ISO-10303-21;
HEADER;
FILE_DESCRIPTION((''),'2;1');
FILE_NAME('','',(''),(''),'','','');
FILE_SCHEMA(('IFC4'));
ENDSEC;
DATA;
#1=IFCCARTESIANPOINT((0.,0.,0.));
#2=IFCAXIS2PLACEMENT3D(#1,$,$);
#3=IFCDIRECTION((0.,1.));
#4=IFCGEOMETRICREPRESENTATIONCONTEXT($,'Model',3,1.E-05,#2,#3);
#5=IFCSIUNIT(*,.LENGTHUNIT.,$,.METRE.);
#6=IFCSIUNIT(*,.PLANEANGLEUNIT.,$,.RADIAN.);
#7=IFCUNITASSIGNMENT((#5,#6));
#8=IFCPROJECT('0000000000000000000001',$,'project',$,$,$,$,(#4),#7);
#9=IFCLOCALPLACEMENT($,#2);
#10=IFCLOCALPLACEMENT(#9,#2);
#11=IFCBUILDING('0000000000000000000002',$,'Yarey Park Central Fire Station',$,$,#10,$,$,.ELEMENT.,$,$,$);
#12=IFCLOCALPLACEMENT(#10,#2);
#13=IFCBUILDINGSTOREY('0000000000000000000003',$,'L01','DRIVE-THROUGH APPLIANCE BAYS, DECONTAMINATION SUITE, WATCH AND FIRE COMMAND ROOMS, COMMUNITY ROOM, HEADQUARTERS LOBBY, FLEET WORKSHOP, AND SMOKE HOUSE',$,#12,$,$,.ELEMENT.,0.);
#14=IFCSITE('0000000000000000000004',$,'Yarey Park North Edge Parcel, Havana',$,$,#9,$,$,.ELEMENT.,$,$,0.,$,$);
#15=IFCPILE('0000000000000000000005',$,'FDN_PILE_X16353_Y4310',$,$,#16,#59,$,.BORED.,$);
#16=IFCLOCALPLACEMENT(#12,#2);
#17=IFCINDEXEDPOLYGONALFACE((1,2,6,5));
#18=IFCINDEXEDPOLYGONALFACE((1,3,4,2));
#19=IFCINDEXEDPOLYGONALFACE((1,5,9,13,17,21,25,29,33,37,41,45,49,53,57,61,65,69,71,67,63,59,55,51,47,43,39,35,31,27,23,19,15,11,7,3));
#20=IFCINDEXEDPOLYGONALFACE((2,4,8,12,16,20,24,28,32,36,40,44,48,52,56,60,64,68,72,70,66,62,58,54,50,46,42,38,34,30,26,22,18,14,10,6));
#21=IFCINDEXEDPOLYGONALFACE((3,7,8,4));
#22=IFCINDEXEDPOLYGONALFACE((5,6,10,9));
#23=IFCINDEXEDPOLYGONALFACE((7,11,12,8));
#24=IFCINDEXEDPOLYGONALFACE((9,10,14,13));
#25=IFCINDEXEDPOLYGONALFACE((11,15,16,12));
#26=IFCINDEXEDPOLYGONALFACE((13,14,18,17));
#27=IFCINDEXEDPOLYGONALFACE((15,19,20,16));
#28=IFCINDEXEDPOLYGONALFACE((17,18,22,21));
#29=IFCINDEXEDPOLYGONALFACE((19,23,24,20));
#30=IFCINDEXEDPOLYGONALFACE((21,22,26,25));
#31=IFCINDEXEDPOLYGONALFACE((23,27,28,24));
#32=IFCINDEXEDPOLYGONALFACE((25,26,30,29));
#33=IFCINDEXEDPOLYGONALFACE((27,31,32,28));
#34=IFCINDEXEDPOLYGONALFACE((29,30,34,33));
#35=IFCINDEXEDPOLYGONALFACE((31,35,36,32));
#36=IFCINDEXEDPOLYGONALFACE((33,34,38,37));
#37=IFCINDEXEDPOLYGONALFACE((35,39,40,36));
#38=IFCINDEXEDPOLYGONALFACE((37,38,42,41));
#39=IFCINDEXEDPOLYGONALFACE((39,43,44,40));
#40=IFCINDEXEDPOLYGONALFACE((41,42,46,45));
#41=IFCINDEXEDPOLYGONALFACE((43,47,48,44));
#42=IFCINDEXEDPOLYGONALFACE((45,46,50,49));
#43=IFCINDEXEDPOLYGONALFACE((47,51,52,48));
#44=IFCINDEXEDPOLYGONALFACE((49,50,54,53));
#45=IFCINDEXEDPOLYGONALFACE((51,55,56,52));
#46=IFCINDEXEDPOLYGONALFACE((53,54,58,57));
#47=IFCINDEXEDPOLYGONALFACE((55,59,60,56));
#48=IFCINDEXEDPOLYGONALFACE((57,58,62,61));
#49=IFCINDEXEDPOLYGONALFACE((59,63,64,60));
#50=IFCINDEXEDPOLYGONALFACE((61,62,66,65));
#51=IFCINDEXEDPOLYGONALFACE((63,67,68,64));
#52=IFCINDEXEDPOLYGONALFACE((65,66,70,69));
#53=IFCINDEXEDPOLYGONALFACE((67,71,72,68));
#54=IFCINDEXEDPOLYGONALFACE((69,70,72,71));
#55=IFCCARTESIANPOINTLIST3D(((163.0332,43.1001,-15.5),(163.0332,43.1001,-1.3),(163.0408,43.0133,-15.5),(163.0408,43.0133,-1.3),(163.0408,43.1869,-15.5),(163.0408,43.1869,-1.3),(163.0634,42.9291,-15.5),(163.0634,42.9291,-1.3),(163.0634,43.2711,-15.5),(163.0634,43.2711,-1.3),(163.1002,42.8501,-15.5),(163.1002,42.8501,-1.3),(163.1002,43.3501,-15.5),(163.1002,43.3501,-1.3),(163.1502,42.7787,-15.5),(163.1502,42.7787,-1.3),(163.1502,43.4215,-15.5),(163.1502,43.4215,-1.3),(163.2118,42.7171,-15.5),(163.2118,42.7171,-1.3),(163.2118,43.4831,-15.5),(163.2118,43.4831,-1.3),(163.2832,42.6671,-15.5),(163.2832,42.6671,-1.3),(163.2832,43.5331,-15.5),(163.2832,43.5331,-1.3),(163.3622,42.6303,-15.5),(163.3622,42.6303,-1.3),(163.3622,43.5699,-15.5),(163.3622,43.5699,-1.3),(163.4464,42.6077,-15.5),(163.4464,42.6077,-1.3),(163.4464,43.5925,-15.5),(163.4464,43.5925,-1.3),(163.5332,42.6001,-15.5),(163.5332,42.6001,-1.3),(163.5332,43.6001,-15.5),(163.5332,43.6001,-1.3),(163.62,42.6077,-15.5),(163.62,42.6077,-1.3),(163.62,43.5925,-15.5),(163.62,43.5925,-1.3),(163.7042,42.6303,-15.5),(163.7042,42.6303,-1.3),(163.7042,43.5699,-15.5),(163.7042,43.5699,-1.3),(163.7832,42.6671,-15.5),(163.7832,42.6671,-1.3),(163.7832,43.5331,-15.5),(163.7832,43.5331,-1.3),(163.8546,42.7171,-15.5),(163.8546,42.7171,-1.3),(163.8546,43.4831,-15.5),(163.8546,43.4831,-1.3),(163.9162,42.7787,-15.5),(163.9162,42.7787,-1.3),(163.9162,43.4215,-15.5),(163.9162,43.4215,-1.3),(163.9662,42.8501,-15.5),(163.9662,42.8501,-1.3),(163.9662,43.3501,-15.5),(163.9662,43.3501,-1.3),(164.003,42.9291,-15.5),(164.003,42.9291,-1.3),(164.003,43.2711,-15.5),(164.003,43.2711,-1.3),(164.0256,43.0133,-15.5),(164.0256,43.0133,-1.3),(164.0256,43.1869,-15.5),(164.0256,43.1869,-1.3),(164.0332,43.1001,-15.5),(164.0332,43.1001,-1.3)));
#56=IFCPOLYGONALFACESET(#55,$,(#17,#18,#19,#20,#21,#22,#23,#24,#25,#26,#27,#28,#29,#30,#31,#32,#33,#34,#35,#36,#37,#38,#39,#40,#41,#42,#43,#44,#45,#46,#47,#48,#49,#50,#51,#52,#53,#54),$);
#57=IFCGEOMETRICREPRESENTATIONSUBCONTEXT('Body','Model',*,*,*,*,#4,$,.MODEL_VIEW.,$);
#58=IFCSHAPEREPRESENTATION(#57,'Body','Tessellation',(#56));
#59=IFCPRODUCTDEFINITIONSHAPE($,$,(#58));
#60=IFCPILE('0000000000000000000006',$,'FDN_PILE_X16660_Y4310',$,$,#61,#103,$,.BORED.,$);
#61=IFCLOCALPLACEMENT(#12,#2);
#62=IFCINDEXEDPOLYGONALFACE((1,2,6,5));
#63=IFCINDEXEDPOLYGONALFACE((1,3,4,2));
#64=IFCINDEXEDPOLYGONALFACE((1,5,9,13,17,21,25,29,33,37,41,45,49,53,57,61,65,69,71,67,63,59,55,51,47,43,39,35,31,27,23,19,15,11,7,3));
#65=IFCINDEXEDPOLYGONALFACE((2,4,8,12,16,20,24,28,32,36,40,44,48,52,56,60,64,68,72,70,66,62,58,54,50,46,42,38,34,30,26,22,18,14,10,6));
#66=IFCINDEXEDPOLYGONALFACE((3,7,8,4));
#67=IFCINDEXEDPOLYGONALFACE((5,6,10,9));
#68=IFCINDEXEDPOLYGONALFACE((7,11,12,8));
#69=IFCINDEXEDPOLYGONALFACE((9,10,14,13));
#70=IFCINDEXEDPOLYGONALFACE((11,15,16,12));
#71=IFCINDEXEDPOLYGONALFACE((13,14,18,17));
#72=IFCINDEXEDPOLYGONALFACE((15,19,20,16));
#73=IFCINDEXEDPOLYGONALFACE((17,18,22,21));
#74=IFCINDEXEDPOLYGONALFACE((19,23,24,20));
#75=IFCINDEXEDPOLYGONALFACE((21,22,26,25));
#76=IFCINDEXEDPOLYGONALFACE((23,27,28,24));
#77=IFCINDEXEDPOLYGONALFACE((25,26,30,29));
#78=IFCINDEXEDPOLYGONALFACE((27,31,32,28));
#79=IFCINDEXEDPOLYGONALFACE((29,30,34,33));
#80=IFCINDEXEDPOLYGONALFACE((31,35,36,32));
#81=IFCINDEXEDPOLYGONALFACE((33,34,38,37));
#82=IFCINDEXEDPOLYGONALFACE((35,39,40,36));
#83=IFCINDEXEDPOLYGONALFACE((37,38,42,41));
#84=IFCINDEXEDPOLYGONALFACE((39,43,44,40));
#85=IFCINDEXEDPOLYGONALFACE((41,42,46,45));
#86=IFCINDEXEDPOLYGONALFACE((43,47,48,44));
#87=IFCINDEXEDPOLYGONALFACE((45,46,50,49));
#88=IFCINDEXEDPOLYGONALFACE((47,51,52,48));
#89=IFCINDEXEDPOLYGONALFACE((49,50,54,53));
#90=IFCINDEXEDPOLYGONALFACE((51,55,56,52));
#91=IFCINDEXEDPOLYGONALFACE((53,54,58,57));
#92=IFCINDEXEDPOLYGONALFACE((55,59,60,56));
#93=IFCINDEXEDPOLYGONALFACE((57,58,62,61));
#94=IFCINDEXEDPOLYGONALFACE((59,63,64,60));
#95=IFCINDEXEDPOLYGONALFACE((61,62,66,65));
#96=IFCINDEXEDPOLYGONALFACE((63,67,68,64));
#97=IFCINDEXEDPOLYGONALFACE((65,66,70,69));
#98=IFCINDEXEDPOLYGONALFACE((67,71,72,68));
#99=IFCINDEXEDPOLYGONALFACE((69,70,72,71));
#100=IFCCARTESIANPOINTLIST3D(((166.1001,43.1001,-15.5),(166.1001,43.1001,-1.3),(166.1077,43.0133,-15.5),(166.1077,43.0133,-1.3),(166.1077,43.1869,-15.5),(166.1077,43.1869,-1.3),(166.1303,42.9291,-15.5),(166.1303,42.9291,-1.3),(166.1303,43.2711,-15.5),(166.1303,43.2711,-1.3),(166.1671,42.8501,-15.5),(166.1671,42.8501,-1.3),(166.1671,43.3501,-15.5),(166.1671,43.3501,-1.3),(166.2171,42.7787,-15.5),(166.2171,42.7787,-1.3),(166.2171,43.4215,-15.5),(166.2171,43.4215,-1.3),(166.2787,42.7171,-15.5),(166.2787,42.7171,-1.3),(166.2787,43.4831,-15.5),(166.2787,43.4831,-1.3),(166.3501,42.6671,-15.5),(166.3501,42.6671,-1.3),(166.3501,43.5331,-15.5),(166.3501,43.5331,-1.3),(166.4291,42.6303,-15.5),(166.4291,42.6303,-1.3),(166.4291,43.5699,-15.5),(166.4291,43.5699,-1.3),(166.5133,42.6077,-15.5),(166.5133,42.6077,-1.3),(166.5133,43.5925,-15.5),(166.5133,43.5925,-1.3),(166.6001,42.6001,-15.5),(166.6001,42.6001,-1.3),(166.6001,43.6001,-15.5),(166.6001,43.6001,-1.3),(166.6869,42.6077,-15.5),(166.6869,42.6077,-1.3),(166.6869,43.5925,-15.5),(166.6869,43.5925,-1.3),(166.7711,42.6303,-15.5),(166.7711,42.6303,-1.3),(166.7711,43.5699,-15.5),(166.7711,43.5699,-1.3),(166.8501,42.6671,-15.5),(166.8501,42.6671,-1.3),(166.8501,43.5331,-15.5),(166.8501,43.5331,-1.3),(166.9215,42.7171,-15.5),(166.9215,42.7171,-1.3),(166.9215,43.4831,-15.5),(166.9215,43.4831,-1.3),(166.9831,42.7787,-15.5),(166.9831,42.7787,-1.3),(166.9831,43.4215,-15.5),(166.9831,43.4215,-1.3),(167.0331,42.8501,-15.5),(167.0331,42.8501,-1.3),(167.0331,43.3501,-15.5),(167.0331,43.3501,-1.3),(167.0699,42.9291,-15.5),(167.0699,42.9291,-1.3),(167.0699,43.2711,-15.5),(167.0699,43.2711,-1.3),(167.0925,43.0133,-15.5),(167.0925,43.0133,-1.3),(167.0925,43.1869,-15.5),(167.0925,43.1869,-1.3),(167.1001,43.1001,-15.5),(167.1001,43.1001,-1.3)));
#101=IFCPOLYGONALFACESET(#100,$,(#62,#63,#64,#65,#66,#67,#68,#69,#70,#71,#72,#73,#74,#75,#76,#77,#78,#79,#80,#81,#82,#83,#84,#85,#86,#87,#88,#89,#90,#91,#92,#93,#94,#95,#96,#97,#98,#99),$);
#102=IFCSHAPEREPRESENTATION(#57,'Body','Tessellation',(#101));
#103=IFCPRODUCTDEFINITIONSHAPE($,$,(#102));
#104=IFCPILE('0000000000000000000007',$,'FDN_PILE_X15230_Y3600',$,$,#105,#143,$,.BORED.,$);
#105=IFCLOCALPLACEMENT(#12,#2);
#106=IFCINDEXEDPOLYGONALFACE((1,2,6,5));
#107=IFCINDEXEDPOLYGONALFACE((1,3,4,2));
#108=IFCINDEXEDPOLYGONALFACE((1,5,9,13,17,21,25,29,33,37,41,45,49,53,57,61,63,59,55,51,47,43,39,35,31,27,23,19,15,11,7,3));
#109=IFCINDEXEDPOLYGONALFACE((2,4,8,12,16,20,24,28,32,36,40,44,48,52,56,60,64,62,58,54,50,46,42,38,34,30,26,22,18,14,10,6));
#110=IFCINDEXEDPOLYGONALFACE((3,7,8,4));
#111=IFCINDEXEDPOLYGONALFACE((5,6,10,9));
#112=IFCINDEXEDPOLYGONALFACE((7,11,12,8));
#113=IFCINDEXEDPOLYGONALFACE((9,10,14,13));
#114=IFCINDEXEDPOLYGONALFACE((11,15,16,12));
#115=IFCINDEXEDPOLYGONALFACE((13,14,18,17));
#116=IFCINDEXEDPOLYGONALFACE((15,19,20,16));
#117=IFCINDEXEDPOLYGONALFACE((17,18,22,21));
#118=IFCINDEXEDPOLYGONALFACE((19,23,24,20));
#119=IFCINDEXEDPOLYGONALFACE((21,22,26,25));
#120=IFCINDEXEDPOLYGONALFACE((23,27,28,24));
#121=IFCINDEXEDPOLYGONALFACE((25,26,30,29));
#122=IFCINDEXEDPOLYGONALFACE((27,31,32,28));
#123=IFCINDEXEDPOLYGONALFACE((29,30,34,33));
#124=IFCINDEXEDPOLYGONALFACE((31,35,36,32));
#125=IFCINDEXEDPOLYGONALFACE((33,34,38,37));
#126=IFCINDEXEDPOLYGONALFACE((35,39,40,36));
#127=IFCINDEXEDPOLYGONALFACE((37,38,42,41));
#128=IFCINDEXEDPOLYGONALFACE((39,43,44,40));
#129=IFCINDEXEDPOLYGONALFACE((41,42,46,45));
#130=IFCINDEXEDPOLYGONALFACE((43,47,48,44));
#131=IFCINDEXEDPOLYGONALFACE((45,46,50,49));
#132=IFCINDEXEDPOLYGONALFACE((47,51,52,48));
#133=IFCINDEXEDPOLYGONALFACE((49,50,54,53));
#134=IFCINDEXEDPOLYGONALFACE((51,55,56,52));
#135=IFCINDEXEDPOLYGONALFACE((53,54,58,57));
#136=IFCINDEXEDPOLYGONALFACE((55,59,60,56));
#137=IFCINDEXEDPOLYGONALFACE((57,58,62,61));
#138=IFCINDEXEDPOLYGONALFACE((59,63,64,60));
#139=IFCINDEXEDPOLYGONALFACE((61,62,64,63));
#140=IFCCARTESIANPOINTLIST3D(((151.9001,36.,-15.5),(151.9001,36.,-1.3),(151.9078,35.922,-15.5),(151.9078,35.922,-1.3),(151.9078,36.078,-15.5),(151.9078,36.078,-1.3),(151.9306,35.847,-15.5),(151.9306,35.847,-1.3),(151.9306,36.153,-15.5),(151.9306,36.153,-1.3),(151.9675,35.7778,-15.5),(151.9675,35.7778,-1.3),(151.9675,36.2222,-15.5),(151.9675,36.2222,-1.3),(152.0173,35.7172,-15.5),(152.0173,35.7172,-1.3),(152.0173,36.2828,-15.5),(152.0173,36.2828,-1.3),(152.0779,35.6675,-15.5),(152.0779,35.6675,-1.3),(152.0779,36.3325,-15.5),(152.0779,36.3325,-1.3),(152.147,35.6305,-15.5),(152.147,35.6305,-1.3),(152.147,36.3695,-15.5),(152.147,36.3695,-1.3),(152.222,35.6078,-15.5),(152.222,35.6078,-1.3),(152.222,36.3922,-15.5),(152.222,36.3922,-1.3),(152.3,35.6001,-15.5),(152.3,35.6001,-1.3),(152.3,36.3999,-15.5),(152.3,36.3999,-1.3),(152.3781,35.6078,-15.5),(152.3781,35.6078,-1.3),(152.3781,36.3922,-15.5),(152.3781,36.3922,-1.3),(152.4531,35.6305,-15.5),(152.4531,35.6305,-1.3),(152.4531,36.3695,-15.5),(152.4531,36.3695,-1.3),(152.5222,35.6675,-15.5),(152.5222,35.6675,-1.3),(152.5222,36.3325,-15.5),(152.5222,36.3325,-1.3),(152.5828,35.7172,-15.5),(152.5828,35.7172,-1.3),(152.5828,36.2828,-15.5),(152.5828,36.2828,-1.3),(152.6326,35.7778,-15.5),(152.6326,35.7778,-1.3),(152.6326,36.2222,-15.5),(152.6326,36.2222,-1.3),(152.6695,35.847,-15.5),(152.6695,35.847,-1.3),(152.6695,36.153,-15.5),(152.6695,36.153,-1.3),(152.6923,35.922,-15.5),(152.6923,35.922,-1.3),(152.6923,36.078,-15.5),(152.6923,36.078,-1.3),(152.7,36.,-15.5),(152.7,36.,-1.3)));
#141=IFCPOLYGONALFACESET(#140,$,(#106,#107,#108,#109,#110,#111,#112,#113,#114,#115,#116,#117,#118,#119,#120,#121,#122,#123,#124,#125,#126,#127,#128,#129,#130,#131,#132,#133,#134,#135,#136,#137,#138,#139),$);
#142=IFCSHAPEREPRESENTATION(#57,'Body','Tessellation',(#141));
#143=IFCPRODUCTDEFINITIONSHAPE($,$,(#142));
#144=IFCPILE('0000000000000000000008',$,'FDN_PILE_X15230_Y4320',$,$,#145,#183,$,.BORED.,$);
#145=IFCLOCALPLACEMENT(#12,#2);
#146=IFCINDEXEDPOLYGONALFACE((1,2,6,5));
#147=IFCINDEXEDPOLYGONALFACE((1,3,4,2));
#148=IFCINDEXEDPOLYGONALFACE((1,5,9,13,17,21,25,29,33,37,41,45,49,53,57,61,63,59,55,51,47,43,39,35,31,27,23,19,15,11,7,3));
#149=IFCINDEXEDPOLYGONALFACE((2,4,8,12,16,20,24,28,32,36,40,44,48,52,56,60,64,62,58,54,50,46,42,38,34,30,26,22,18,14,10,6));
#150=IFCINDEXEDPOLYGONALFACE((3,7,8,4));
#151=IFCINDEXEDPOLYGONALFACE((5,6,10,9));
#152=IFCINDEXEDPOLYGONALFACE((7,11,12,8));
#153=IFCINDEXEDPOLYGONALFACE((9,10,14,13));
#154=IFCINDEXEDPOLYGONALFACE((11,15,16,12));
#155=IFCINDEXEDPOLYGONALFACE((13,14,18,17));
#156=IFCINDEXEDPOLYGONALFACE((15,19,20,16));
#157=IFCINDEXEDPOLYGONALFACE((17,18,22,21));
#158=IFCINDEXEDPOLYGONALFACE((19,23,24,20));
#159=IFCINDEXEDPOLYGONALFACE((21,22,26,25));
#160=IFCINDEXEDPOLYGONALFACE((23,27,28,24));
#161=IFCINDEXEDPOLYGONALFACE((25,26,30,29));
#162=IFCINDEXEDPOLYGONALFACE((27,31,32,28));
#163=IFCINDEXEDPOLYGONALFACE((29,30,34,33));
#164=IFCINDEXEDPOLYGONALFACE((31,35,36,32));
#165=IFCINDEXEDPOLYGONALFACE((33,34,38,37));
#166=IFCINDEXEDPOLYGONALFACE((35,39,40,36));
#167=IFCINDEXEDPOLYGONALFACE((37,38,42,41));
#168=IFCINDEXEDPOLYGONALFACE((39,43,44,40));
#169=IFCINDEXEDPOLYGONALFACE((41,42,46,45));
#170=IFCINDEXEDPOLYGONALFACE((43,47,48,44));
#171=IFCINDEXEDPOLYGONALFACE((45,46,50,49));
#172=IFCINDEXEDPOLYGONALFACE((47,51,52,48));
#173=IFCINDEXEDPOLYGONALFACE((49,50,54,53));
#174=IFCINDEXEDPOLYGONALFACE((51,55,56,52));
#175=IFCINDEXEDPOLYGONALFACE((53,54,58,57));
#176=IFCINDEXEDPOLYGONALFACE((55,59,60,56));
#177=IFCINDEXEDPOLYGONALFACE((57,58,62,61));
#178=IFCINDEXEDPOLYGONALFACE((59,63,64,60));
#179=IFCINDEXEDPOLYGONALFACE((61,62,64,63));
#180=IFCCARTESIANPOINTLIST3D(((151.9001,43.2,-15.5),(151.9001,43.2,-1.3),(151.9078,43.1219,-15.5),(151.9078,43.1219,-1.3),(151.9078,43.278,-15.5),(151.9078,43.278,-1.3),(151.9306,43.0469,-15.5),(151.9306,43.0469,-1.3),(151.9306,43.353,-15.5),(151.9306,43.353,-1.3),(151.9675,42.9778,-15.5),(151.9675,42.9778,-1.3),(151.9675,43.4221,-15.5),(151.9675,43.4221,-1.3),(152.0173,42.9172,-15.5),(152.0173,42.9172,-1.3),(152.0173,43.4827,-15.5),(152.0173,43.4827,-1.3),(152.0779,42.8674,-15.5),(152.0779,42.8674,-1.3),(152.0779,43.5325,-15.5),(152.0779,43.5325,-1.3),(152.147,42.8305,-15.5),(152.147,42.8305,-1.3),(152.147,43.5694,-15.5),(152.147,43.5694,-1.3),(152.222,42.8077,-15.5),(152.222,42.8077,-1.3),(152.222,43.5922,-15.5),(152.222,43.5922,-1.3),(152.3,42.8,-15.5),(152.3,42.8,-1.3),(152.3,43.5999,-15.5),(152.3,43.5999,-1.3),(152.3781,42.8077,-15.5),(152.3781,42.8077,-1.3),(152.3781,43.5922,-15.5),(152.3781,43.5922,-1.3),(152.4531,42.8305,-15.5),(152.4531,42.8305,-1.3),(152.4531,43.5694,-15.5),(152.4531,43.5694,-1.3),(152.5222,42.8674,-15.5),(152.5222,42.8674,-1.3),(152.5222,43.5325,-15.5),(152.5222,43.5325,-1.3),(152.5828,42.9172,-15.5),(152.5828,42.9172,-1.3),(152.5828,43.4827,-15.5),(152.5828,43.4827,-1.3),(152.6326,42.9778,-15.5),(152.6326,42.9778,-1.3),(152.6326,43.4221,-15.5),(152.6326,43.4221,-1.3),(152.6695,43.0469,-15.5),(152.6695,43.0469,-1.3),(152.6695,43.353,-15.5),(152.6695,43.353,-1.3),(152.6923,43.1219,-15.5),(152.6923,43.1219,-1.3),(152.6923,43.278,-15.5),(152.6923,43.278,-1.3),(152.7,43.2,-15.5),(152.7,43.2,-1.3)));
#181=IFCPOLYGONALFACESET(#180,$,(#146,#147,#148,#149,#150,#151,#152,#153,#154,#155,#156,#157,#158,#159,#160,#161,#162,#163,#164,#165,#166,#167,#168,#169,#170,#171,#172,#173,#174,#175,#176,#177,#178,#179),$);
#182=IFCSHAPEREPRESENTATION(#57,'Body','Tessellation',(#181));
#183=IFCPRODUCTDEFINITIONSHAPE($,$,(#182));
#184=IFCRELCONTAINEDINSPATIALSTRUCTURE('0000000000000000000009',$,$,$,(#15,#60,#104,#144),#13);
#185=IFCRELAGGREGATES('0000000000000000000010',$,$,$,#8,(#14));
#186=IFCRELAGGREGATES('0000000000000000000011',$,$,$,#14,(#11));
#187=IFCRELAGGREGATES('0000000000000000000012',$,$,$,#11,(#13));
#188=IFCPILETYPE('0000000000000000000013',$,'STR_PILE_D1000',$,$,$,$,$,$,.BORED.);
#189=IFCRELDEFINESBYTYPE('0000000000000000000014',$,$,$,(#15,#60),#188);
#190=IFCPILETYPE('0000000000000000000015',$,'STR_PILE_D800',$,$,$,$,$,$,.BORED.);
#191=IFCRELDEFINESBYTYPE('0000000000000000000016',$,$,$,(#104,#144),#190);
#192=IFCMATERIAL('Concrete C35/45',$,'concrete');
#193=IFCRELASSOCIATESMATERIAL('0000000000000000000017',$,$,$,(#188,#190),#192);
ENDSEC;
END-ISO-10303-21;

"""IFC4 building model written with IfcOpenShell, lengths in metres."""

from ifc_helpers import new_model, si_unit, direction, frame, origin, origin_2d, place, context, subcontext, project, spatial, circle, extrude, material, material_profile, profile_set, type_object, element, save


model = new_model("IFC4")

# Units and contexts
model_context = context("Model", 3, precision=1e-05, world=origin(), true_north=direction((0.0, 1.0)))
body_context = subcontext(model_context, "Body", "Model", "MODEL_VIEW")
ifc_project = project(units=[si_unit("LENGTHUNIT", "METRE"), si_unit("PLANEANGLEUNIT", "RADIAN")], contexts=[model_context])

# Site, building, storey
site_placement = place(None, origin())
site = spatial("IfcSite", under=ifc_project, at=site_placement, Name="Yarey Park North Edge Parcel, Havana", CompositionType="ELEMENT", RefElevation=0.0)
building_placement = place(site_placement, origin())
building = spatial("IfcBuilding", under=site, at=building_placement, Name="Yarey Park Central Fire Station", CompositionType="ELEMENT")
storey_placement = place(building_placement, origin())
storey = spatial("IfcBuildingStorey", under=building, at=storey_placement, Name="L01", Description="DRIVE-THROUGH APPLIANCE BAYS, DECONTAMINATION SUITE, WATCH AND FIRE COMMAND ROOMS, COMMUNITY ROOM, HEADQUARTERS LOBBY, FLEET WORKSHOP, AND SMOKE HOUSE", CompositionType="ELEMENT", Elevation=0.0)

# Shared definitions
ifc_material_1 = material(Name="Concrete C35/45", Category="concrete")

# Piles
ifc_material_profile_1 = material_profile(ifc_material_1, circle(Radius=0.5, at=origin_2d()), Name="BORED PILE D1000")
ifc_profile_set_1 = profile_set([ifc_material_profile_1], Name="Concrete C35/45")
pile_type_1 = type_object("IfcPileType", Name="STR_PILE_D1000", PredefinedType="BORED", material=ifc_profile_set_1)
for number, where, z_axis, x_axis, name in (
    (1, (163.5332, 43.1001, -1.3), (0.0, 0.0, -1.0), (1.0, 0.0, 0.0), "FDN_PILE_X16353_Y4310"),
    (2, (166.6001, 43.1001, -1.3), (0.0, 0.0, -1.0), (1.0, 0.0, 0.0), "FDN_PILE_X16660_Y4310"),
):
    element("IfcPile", number, at=place(storey_placement, frame(where, z_axis=z_axis, x_axis=x_axis)), inside=storey, type_object=pile_type_1, Name=name, PredefinedType="BORED", context=body_context, shape_type="SweptSolid", body=[
        extrude(circle(Radius=0.5, at=origin_2d()), origin(), (0.0, 0.0, 1.0), 14.2),
    ])
ifc_material_profile_2 = material_profile(ifc_material_1, circle(Radius=0.3999, at=origin_2d()), Name="BORED PILE D800")
ifc_profile_set_2 = profile_set([ifc_material_profile_2], Name="Concrete C35/45")
pile_type_2 = type_object("IfcPileType", Name="STR_PILE_D800", PredefinedType="BORED", material=ifc_profile_set_2)
for number, where, z_axis, x_axis, name in (
    (3, (152.3, 36.0, -1.3), (0.0, 0.0, -1.0), (1.0, 0.0, 0.0), "FDN_PILE_X15230_Y3600"),
    (4, (152.3, 43.2, -1.3), (0.0, 0.0, -1.0), (1.0, 0.0, 0.0), "FDN_PILE_X15230_Y4320"),
):
    element("IfcPile", number, at=place(storey_placement, frame(where, z_axis=z_axis, x_axis=x_axis)), inside=storey, type_object=pile_type_2, Name=name, PredefinedType="BORED", context=body_context, shape_type="SweptSolid", body=[
        extrude(circle(Radius=0.3999, at=origin_2d()), origin(), (0.0, 0.0, 1.0), 14.2),
    ])

save(model, "model.ifc")
